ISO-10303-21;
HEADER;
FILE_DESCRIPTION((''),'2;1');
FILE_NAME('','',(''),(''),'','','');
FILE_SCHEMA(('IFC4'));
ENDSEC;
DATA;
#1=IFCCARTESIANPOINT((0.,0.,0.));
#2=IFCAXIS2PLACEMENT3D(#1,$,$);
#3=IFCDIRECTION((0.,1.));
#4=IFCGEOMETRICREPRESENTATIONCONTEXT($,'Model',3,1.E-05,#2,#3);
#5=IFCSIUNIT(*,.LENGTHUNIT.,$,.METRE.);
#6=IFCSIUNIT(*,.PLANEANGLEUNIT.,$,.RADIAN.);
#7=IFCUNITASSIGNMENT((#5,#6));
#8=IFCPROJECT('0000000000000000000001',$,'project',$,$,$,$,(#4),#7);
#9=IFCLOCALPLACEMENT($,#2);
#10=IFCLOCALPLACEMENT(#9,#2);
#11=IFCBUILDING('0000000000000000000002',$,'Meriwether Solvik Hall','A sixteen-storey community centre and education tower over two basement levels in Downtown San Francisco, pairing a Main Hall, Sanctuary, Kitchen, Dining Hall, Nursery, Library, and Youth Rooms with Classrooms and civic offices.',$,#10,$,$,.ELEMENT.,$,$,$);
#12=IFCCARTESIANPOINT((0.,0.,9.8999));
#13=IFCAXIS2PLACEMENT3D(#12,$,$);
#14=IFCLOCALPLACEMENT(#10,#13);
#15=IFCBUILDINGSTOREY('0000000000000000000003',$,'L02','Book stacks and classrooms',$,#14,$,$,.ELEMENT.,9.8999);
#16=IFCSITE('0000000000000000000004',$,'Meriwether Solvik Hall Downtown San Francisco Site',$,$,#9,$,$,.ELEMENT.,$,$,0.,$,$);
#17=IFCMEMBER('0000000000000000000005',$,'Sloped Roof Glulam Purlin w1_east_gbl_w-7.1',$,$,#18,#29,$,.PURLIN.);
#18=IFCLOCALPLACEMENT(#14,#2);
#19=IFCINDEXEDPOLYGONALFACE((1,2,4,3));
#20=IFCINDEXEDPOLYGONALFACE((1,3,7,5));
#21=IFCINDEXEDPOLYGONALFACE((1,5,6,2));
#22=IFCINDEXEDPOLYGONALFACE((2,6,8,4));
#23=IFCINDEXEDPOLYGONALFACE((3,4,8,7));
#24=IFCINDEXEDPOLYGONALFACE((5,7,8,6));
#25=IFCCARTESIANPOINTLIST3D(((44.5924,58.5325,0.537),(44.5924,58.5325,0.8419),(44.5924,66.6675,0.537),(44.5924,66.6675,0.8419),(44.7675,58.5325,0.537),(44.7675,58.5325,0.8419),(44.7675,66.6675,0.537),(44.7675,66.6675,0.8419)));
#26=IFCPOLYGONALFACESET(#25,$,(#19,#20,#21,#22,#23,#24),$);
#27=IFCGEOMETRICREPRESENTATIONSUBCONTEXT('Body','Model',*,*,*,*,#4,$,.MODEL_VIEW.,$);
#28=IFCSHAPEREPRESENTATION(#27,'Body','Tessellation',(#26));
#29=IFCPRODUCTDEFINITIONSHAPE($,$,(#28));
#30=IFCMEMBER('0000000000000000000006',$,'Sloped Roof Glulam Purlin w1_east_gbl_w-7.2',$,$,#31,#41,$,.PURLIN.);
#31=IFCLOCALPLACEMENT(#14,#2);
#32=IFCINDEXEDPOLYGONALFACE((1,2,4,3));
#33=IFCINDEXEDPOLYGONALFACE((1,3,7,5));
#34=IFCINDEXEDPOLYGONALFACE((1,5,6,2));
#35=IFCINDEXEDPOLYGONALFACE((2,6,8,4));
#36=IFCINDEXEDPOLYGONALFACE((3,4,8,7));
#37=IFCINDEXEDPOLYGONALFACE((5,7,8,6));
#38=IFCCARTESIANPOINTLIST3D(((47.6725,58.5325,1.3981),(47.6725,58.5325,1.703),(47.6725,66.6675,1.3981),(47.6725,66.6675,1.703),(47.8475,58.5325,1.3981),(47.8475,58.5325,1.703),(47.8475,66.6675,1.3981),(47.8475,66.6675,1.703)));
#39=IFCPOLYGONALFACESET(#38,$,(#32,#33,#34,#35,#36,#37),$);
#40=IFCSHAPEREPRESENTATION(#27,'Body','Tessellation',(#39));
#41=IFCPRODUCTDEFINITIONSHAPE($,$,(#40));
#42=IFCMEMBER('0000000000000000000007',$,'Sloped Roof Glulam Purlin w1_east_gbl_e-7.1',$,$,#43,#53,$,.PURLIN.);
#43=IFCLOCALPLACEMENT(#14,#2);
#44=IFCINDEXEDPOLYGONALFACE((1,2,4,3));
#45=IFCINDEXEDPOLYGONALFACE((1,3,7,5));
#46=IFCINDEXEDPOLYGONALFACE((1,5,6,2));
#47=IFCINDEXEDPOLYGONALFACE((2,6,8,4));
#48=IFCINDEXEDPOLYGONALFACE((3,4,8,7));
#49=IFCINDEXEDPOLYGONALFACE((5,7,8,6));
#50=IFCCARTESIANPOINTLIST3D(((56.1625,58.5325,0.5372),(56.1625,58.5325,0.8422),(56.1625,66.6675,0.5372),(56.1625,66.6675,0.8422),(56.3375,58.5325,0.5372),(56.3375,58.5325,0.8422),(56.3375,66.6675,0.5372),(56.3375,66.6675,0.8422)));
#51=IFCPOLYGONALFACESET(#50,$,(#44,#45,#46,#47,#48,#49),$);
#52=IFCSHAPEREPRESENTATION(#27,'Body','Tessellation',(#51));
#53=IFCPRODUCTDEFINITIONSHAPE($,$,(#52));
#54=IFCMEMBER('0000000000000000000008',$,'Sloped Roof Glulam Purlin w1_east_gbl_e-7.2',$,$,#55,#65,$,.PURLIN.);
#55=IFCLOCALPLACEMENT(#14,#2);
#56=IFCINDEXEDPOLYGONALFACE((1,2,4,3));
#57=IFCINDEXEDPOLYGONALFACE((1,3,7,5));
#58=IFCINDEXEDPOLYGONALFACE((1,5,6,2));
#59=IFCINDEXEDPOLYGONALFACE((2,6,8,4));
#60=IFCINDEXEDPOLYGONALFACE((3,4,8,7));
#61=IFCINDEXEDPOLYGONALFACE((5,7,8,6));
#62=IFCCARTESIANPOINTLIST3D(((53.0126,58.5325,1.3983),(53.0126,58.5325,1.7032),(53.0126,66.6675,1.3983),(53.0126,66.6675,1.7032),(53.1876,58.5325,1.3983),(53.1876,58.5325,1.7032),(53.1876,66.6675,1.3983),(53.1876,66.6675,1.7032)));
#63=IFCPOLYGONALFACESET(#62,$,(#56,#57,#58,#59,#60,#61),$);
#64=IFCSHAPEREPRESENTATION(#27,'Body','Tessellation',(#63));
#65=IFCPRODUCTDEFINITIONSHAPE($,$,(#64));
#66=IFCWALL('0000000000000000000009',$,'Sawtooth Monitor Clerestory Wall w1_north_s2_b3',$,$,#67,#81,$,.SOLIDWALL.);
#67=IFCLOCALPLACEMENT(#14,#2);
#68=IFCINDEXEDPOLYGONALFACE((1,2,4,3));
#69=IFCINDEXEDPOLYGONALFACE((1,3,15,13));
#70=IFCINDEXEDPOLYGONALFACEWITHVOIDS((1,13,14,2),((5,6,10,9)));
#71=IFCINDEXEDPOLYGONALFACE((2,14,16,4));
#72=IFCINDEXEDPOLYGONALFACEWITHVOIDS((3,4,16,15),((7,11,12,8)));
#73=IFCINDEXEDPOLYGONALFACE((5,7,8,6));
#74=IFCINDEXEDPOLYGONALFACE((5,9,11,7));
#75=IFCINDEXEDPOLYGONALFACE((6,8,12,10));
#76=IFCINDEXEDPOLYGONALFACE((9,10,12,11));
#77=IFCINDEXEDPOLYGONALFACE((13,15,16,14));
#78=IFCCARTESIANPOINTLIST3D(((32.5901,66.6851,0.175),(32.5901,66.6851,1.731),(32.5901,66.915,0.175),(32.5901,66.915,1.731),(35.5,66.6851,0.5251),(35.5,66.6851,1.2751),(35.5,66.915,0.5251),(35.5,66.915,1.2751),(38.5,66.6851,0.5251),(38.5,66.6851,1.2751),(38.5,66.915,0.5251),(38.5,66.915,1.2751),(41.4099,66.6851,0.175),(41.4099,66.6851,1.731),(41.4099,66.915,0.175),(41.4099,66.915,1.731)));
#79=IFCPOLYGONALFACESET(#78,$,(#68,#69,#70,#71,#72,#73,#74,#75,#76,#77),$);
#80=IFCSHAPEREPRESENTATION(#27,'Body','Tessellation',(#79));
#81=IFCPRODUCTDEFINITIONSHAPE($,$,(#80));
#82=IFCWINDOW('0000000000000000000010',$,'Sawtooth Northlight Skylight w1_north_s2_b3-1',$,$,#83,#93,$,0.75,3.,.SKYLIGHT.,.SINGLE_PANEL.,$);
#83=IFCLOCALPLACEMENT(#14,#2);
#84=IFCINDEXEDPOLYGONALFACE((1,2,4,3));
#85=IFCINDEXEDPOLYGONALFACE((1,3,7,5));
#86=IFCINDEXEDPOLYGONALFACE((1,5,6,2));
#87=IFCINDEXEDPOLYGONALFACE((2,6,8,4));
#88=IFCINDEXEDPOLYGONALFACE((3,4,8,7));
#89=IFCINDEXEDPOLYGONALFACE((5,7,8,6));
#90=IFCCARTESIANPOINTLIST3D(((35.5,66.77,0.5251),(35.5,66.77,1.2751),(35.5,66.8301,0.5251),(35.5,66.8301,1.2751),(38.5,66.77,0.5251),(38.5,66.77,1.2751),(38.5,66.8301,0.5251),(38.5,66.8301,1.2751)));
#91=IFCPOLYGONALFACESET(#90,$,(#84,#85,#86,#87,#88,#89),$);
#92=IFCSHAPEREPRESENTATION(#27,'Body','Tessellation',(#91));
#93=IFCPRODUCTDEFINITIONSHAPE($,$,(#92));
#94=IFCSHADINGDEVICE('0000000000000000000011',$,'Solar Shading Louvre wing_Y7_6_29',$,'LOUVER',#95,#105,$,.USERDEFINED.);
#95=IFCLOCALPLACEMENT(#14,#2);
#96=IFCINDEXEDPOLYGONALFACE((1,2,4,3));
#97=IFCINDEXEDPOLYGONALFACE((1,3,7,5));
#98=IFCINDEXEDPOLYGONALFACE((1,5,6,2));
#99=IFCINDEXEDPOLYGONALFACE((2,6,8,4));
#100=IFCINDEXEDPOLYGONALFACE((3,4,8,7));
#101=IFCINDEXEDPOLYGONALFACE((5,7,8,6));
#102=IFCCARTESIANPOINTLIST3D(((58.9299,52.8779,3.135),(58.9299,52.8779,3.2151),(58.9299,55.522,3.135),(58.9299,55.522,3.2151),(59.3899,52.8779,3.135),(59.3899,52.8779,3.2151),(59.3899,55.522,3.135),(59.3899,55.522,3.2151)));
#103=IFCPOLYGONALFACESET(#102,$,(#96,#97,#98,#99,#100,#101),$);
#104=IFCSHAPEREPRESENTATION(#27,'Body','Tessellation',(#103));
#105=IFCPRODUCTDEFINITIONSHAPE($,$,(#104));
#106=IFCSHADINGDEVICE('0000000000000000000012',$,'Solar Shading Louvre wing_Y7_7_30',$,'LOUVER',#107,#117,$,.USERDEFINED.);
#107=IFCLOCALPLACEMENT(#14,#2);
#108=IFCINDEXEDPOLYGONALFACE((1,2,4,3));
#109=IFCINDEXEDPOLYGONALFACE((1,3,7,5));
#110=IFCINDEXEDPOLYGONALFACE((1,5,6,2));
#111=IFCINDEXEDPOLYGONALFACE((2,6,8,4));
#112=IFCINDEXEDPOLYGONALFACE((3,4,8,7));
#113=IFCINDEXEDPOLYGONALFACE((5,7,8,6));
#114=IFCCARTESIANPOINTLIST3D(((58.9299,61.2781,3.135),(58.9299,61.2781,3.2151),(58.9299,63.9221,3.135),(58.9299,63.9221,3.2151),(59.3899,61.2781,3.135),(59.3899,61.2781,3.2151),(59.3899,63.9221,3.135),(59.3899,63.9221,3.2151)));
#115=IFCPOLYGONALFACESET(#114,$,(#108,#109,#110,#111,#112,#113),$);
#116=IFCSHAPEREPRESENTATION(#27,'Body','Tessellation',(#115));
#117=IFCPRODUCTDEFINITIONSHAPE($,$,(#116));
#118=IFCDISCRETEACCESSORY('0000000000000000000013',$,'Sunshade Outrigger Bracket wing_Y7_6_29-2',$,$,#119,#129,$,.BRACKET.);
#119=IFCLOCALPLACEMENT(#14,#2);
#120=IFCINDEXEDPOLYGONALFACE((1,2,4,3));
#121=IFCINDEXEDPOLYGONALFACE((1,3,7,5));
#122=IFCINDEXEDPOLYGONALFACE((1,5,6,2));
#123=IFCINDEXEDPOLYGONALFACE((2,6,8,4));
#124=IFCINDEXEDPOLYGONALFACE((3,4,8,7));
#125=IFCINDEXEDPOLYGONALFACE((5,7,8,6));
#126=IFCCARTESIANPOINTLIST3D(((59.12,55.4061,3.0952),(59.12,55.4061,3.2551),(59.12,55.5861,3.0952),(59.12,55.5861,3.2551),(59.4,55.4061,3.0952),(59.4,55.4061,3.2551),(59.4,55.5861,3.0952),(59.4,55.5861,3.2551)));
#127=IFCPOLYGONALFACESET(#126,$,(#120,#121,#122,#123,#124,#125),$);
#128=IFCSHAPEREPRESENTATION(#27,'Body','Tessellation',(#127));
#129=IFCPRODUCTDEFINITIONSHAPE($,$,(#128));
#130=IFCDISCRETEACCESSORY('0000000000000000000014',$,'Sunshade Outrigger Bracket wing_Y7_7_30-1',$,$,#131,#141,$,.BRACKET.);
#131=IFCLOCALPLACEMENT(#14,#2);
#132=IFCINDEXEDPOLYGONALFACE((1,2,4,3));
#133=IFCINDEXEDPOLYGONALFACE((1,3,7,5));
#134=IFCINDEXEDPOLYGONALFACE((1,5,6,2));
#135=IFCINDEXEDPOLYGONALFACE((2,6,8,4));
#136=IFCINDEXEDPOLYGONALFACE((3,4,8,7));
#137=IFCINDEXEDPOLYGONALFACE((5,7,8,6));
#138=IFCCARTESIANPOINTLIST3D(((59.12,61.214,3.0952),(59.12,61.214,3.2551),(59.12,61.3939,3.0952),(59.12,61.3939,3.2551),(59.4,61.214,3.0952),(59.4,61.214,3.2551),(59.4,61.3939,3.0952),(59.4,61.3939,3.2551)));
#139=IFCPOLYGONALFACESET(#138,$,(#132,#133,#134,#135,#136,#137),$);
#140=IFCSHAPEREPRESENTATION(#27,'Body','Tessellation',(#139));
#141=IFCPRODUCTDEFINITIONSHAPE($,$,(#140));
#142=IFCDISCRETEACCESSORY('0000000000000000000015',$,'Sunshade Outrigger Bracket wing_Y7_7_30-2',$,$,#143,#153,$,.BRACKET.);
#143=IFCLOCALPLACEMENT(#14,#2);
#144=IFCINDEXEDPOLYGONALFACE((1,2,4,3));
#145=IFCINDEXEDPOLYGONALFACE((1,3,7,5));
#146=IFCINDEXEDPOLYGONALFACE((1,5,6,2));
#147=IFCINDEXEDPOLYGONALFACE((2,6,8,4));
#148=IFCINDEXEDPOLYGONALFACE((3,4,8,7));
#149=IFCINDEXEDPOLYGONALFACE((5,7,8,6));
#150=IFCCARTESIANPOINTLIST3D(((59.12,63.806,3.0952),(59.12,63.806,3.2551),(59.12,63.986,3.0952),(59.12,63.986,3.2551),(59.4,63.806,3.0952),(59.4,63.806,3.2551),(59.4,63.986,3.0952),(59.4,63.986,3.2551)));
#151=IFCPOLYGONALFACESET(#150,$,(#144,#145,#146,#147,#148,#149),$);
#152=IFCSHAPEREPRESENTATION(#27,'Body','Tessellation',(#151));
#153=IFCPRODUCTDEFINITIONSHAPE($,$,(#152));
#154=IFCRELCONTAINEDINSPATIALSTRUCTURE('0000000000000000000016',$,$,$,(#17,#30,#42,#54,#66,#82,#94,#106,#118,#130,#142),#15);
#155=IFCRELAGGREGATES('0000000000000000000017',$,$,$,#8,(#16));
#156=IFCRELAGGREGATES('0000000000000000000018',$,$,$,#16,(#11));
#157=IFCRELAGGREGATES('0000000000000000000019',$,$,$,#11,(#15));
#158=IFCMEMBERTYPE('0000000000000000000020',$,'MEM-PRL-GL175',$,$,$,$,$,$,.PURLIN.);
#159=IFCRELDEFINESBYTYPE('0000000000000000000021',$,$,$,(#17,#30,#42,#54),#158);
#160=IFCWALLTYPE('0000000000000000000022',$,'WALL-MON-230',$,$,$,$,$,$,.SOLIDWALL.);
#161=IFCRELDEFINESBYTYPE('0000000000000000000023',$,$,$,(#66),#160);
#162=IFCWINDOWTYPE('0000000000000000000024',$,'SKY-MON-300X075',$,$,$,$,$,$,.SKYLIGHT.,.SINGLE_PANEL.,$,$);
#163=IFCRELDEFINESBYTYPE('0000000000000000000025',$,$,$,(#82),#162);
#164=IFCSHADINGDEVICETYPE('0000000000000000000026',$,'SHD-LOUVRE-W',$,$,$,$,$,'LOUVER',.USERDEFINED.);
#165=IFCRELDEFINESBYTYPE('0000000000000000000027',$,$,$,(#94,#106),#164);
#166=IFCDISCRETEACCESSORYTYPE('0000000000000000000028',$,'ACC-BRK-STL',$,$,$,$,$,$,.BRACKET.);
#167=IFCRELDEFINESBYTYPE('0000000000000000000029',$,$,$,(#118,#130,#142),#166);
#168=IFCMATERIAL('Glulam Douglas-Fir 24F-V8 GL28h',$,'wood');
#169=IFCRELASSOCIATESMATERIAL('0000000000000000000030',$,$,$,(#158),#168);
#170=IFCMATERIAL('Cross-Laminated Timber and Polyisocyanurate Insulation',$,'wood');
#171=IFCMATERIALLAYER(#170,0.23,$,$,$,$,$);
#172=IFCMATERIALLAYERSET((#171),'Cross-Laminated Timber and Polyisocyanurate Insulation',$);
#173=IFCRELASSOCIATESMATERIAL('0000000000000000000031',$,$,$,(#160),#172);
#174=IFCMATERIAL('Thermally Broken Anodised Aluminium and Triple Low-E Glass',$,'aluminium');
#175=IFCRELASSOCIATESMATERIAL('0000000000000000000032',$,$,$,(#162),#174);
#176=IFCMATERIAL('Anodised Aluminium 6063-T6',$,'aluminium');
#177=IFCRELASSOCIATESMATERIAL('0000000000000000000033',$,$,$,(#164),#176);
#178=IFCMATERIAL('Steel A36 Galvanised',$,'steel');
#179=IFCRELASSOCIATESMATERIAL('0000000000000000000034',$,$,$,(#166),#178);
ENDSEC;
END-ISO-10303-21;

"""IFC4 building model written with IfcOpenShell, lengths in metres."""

from ifc_helpers import new_model, si_unit, direction, frame, frame_2d, origin, origin_2d, place, context, subcontext, project, spatial, rectangle, extrude, material, layer, layer_set, material_profile, profile_set, type_object, element, fill, save


model = new_model("IFC4")

# Units and contexts
model_context = context("Model", 3, precision=1e-05, world=origin(), true_north=direction((0.0, 1.0)))
body_context = subcontext(model_context, "Body", "Model", "MODEL_VIEW")
ifc_project = project(units=[si_unit("LENGTHUNIT", "METRE"), si_unit("PLANEANGLEUNIT", "RADIAN")], contexts=[model_context])

# Site, building, storey
site_placement = place(None, origin())
site = spatial("IfcSite", under=ifc_project, at=site_placement, Name="Meriwether Solvik Hall Downtown San Francisco Site", CompositionType="ELEMENT", RefElevation=0.0)
building_placement = place(site_placement, origin())
building = spatial("IfcBuilding", under=site, at=building_placement, Name="Meriwether Solvik Hall", Description="A sixteen-storey community centre and education tower over two basement levels in Downtown San Francisco, pairing a Main Hall, Sanctuary, Kitchen, Dining Hall, Nursery, Library, and Youth Rooms with Classrooms and civic offices.", CompositionType="ELEMENT")
storey_placement = place(building_placement, frame((0.0, 0.0, 9.8999)))
storey = spatial("IfcBuildingStorey", under=building, at=storey_placement, Name="L02", Description="Book stacks and classrooms", CompositionType="ELEMENT", Elevation=9.8999)

# Members
ifc_material_1 = material(Name="Glulam Douglas-Fir 24F-V8 GL28h", Category="wood")
ifc_material_profile_1 = material_profile(ifc_material_1, rectangle(XDim=0.175, YDim=0.3049, at=origin_2d()), Name="GLM-175X305")
ifc_profile_set_1 = profile_set([ifc_material_profile_1], Name="Glulam Douglas-Fir 24F-V8 GL28h")
member_type = type_object("IfcMemberType", Name="MEM-PRL-GL175", PredefinedType="PURLIN", material=ifc_profile_set_1)
for number, where, z_axis, x_axis, name in (
    (1, (44.6799, 58.5325, 0.6895), (0.0, 1.0, 0.0), (-1.0, 0.0, 0.0), "Sloped Roof Glulam Purlin w1_east_gbl_w-7.1"),
    (2, (47.76, 58.5325, 1.5505), (0.0, 1.0, 0.0), (-1.0, 0.0, 0.0), "Sloped Roof Glulam Purlin w1_east_gbl_w-7.2"),
    (3, (56.25, 58.5325, 0.6897), (0.0, 1.0, 0.0), (-1.0, 0.0, 0.0), "Sloped Roof Glulam Purlin w1_east_gbl_e-7.1"),
    (4, (53.1001, 58.5325, 1.5508), (0.0, 1.0, 0.0), (-1.0, 0.0, 0.0), "Sloped Roof Glulam Purlin w1_east_gbl_e-7.2"),
):
    element("IfcMember", number, at=place(storey_placement, frame(where, z_axis=z_axis, x_axis=x_axis)), inside=storey, type_object=member_type, Name=name, PredefinedType="PURLIN", context=body_context, shape_type="SweptSolid", body=[
        extrude(rectangle(XDim=0.175, YDim=0.3049, at=origin_2d()), origin(), (0.0, 0.0, 1.0), 8.135),
    ])

# Wall, opening, window
ifc_material_2 = material(Name="Cross-Laminated Timber and Polyisocyanurate Insulation", Category="wood")
ifc_layer = layer(ifc_material_2, 0.23)
ifc_layer_set = layer_set([ifc_layer], Name="Cross-Laminated Timber and Polyisocyanurate Insulation")
wall_type = type_object("IfcWallType", Name="WALL-MON-230", PredefinedType="SOLIDWALL", material=ifc_layer_set)
wall_placement = place(storey_placement, frame((41.4099, 66.8, 0.175), z_axis=(0.0, 0.0, 1.0), x_axis=(-1.0, 0.0, 0.0)))
wall = element("IfcWall", 5, at=wall_placement, inside=storey, type_object=wall_type, Name="Sawtooth Monitor Clerestory Wall w1_north_s2_b3", PredefinedType="SOLIDWALL", context=body_context, shape_type="SweptSolid", body=[
    extrude(rectangle(XDim=8.8198, YDim=0.23, at=frame_2d((4.4099, 0.0))), origin(), (0.0, 0.0, 1.0), 1.5559),
])
opening_placement = place(wall_placement, frame((2.9099, 0.0, 0.3501)))
opening = element("IfcOpeningElement", 6, at=opening_placement, cuts=wall, PredefinedType="OPENING", context=body_context, shape_type="SweptSolid", body=[
    extrude(rectangle(XDim=3.0, YDim=0.75, at=frame_2d((1.5, 0.375))), frame((0.0, 0.127, 0.0), z_axis=(0.0, -1.0, 0.0), x_axis=(1.0, 0.0, 0.0)), (0.0, 0.0, 1.0), 0.2539),
])
ifc_material_3 = material(Name="Thermally Broken Anodised Aluminium and Triple Low-E Glass", Category="aluminium")
window_type = type_object("IfcWindowType", Name="SKY-MON-300X075", PartitioningType="SINGLE_PANEL", PredefinedType="SKYLIGHT", material=ifc_material_3)
window_placement = place(opening_placement, origin())
window = element("IfcWindow", 7, at=window_placement, inside=storey, type_object=window_type, Name="Sawtooth Northlight Skylight w1_north_s2_b3-1", OverallHeight=0.75, OverallWidth=3.0, PartitioningType="SINGLE_PANEL", PredefinedType="SKYLIGHT", context=body_context, shape_type="SweptSolid", body=[
    extrude(rectangle(XDim=3.0, YDim=0.75, at=frame_2d((1.5, 0.375))), frame((0.0, 0.03, 0.0), z_axis=(0.0, -1.0, 0.0), x_axis=(1.0, 0.0, 0.0)), (0.0, 0.0, 1.0), 0.0601),
])
fill(opening, window)

# Shading devices
ifc_material_4 = material(Name="Anodised Aluminium 6063-T6", Category="aluminium")
shading_device_type = type_object("IfcShadingDeviceType", Name="SHD-LOUVRE-W", ElementType="LOUVER", PredefinedType="USERDEFINED", material=ifc_material_4)
for number, where, z_axis, x_axis, name in (
    (8, (59.1599, 54.2, 3.135), (0.0, 0.0, 1.0), (0.0, 1.0, 0.0), "Solar Shading Louvre wing_Y7_6_29"),
    (9, (59.1599, 62.6001, 3.135), (0.0, 0.0, 1.0), (0.0, 1.0, 0.0), "Solar Shading Louvre wing_Y7_7_30"),
):
    element("IfcShadingDevice", number, at=place(storey_placement, frame(where, z_axis=z_axis, x_axis=x_axis)), inside=storey, type_object=shading_device_type, Name=name, ObjectType="LOUVER", PredefinedType="USERDEFINED", context=body_context, shape_type="SweptSolid", body=[
        extrude(rectangle(XDim=2.644, YDim=0.46, at=origin_2d()), origin(), (0.0, 0.0, 1.0), 0.0801),
    ])

# Discrete accessories
ifc_material_5 = material(Name="Steel A36 Galvanised", Category="steel")
discrete_accessory_type = type_object("IfcDiscreteAccessoryType", Name="ACC-BRK-STL", PredefinedType="BRACKET", material=ifc_material_5)
for number, where, z_axis, x_axis, name in (
    (10, (59.26, 55.4961, 3.0952), (0.0, 0.0, 1.0), (0.0, 1.0, 0.0), "Sunshade Outrigger Bracket wing_Y7_6_29-2"),
    (11, (59.26, 61.304, 3.0952), (0.0, 0.0, 1.0), (0.0, 1.0, 0.0), "Sunshade Outrigger Bracket wing_Y7_7_30-1"),
    (12, (59.26, 63.896, 3.0952), (0.0, 0.0, 1.0), (0.0, 1.0, 0.0), "Sunshade Outrigger Bracket wing_Y7_7_30-2"),
):
    element("IfcDiscreteAccessory", number, at=place(storey_placement, frame(where, z_axis=z_axis, x_axis=x_axis)), inside=storey, type_object=discrete_accessory_type, Name=name, PredefinedType="BRACKET", context=body_context, shape_type="SweptSolid", body=[
        extrude(rectangle(XDim=0.1799, YDim=0.28, at=origin_2d()), origin(), (0.0, 0.0, 1.0), 0.1599),
    ])

save(model, "model.ifc")
